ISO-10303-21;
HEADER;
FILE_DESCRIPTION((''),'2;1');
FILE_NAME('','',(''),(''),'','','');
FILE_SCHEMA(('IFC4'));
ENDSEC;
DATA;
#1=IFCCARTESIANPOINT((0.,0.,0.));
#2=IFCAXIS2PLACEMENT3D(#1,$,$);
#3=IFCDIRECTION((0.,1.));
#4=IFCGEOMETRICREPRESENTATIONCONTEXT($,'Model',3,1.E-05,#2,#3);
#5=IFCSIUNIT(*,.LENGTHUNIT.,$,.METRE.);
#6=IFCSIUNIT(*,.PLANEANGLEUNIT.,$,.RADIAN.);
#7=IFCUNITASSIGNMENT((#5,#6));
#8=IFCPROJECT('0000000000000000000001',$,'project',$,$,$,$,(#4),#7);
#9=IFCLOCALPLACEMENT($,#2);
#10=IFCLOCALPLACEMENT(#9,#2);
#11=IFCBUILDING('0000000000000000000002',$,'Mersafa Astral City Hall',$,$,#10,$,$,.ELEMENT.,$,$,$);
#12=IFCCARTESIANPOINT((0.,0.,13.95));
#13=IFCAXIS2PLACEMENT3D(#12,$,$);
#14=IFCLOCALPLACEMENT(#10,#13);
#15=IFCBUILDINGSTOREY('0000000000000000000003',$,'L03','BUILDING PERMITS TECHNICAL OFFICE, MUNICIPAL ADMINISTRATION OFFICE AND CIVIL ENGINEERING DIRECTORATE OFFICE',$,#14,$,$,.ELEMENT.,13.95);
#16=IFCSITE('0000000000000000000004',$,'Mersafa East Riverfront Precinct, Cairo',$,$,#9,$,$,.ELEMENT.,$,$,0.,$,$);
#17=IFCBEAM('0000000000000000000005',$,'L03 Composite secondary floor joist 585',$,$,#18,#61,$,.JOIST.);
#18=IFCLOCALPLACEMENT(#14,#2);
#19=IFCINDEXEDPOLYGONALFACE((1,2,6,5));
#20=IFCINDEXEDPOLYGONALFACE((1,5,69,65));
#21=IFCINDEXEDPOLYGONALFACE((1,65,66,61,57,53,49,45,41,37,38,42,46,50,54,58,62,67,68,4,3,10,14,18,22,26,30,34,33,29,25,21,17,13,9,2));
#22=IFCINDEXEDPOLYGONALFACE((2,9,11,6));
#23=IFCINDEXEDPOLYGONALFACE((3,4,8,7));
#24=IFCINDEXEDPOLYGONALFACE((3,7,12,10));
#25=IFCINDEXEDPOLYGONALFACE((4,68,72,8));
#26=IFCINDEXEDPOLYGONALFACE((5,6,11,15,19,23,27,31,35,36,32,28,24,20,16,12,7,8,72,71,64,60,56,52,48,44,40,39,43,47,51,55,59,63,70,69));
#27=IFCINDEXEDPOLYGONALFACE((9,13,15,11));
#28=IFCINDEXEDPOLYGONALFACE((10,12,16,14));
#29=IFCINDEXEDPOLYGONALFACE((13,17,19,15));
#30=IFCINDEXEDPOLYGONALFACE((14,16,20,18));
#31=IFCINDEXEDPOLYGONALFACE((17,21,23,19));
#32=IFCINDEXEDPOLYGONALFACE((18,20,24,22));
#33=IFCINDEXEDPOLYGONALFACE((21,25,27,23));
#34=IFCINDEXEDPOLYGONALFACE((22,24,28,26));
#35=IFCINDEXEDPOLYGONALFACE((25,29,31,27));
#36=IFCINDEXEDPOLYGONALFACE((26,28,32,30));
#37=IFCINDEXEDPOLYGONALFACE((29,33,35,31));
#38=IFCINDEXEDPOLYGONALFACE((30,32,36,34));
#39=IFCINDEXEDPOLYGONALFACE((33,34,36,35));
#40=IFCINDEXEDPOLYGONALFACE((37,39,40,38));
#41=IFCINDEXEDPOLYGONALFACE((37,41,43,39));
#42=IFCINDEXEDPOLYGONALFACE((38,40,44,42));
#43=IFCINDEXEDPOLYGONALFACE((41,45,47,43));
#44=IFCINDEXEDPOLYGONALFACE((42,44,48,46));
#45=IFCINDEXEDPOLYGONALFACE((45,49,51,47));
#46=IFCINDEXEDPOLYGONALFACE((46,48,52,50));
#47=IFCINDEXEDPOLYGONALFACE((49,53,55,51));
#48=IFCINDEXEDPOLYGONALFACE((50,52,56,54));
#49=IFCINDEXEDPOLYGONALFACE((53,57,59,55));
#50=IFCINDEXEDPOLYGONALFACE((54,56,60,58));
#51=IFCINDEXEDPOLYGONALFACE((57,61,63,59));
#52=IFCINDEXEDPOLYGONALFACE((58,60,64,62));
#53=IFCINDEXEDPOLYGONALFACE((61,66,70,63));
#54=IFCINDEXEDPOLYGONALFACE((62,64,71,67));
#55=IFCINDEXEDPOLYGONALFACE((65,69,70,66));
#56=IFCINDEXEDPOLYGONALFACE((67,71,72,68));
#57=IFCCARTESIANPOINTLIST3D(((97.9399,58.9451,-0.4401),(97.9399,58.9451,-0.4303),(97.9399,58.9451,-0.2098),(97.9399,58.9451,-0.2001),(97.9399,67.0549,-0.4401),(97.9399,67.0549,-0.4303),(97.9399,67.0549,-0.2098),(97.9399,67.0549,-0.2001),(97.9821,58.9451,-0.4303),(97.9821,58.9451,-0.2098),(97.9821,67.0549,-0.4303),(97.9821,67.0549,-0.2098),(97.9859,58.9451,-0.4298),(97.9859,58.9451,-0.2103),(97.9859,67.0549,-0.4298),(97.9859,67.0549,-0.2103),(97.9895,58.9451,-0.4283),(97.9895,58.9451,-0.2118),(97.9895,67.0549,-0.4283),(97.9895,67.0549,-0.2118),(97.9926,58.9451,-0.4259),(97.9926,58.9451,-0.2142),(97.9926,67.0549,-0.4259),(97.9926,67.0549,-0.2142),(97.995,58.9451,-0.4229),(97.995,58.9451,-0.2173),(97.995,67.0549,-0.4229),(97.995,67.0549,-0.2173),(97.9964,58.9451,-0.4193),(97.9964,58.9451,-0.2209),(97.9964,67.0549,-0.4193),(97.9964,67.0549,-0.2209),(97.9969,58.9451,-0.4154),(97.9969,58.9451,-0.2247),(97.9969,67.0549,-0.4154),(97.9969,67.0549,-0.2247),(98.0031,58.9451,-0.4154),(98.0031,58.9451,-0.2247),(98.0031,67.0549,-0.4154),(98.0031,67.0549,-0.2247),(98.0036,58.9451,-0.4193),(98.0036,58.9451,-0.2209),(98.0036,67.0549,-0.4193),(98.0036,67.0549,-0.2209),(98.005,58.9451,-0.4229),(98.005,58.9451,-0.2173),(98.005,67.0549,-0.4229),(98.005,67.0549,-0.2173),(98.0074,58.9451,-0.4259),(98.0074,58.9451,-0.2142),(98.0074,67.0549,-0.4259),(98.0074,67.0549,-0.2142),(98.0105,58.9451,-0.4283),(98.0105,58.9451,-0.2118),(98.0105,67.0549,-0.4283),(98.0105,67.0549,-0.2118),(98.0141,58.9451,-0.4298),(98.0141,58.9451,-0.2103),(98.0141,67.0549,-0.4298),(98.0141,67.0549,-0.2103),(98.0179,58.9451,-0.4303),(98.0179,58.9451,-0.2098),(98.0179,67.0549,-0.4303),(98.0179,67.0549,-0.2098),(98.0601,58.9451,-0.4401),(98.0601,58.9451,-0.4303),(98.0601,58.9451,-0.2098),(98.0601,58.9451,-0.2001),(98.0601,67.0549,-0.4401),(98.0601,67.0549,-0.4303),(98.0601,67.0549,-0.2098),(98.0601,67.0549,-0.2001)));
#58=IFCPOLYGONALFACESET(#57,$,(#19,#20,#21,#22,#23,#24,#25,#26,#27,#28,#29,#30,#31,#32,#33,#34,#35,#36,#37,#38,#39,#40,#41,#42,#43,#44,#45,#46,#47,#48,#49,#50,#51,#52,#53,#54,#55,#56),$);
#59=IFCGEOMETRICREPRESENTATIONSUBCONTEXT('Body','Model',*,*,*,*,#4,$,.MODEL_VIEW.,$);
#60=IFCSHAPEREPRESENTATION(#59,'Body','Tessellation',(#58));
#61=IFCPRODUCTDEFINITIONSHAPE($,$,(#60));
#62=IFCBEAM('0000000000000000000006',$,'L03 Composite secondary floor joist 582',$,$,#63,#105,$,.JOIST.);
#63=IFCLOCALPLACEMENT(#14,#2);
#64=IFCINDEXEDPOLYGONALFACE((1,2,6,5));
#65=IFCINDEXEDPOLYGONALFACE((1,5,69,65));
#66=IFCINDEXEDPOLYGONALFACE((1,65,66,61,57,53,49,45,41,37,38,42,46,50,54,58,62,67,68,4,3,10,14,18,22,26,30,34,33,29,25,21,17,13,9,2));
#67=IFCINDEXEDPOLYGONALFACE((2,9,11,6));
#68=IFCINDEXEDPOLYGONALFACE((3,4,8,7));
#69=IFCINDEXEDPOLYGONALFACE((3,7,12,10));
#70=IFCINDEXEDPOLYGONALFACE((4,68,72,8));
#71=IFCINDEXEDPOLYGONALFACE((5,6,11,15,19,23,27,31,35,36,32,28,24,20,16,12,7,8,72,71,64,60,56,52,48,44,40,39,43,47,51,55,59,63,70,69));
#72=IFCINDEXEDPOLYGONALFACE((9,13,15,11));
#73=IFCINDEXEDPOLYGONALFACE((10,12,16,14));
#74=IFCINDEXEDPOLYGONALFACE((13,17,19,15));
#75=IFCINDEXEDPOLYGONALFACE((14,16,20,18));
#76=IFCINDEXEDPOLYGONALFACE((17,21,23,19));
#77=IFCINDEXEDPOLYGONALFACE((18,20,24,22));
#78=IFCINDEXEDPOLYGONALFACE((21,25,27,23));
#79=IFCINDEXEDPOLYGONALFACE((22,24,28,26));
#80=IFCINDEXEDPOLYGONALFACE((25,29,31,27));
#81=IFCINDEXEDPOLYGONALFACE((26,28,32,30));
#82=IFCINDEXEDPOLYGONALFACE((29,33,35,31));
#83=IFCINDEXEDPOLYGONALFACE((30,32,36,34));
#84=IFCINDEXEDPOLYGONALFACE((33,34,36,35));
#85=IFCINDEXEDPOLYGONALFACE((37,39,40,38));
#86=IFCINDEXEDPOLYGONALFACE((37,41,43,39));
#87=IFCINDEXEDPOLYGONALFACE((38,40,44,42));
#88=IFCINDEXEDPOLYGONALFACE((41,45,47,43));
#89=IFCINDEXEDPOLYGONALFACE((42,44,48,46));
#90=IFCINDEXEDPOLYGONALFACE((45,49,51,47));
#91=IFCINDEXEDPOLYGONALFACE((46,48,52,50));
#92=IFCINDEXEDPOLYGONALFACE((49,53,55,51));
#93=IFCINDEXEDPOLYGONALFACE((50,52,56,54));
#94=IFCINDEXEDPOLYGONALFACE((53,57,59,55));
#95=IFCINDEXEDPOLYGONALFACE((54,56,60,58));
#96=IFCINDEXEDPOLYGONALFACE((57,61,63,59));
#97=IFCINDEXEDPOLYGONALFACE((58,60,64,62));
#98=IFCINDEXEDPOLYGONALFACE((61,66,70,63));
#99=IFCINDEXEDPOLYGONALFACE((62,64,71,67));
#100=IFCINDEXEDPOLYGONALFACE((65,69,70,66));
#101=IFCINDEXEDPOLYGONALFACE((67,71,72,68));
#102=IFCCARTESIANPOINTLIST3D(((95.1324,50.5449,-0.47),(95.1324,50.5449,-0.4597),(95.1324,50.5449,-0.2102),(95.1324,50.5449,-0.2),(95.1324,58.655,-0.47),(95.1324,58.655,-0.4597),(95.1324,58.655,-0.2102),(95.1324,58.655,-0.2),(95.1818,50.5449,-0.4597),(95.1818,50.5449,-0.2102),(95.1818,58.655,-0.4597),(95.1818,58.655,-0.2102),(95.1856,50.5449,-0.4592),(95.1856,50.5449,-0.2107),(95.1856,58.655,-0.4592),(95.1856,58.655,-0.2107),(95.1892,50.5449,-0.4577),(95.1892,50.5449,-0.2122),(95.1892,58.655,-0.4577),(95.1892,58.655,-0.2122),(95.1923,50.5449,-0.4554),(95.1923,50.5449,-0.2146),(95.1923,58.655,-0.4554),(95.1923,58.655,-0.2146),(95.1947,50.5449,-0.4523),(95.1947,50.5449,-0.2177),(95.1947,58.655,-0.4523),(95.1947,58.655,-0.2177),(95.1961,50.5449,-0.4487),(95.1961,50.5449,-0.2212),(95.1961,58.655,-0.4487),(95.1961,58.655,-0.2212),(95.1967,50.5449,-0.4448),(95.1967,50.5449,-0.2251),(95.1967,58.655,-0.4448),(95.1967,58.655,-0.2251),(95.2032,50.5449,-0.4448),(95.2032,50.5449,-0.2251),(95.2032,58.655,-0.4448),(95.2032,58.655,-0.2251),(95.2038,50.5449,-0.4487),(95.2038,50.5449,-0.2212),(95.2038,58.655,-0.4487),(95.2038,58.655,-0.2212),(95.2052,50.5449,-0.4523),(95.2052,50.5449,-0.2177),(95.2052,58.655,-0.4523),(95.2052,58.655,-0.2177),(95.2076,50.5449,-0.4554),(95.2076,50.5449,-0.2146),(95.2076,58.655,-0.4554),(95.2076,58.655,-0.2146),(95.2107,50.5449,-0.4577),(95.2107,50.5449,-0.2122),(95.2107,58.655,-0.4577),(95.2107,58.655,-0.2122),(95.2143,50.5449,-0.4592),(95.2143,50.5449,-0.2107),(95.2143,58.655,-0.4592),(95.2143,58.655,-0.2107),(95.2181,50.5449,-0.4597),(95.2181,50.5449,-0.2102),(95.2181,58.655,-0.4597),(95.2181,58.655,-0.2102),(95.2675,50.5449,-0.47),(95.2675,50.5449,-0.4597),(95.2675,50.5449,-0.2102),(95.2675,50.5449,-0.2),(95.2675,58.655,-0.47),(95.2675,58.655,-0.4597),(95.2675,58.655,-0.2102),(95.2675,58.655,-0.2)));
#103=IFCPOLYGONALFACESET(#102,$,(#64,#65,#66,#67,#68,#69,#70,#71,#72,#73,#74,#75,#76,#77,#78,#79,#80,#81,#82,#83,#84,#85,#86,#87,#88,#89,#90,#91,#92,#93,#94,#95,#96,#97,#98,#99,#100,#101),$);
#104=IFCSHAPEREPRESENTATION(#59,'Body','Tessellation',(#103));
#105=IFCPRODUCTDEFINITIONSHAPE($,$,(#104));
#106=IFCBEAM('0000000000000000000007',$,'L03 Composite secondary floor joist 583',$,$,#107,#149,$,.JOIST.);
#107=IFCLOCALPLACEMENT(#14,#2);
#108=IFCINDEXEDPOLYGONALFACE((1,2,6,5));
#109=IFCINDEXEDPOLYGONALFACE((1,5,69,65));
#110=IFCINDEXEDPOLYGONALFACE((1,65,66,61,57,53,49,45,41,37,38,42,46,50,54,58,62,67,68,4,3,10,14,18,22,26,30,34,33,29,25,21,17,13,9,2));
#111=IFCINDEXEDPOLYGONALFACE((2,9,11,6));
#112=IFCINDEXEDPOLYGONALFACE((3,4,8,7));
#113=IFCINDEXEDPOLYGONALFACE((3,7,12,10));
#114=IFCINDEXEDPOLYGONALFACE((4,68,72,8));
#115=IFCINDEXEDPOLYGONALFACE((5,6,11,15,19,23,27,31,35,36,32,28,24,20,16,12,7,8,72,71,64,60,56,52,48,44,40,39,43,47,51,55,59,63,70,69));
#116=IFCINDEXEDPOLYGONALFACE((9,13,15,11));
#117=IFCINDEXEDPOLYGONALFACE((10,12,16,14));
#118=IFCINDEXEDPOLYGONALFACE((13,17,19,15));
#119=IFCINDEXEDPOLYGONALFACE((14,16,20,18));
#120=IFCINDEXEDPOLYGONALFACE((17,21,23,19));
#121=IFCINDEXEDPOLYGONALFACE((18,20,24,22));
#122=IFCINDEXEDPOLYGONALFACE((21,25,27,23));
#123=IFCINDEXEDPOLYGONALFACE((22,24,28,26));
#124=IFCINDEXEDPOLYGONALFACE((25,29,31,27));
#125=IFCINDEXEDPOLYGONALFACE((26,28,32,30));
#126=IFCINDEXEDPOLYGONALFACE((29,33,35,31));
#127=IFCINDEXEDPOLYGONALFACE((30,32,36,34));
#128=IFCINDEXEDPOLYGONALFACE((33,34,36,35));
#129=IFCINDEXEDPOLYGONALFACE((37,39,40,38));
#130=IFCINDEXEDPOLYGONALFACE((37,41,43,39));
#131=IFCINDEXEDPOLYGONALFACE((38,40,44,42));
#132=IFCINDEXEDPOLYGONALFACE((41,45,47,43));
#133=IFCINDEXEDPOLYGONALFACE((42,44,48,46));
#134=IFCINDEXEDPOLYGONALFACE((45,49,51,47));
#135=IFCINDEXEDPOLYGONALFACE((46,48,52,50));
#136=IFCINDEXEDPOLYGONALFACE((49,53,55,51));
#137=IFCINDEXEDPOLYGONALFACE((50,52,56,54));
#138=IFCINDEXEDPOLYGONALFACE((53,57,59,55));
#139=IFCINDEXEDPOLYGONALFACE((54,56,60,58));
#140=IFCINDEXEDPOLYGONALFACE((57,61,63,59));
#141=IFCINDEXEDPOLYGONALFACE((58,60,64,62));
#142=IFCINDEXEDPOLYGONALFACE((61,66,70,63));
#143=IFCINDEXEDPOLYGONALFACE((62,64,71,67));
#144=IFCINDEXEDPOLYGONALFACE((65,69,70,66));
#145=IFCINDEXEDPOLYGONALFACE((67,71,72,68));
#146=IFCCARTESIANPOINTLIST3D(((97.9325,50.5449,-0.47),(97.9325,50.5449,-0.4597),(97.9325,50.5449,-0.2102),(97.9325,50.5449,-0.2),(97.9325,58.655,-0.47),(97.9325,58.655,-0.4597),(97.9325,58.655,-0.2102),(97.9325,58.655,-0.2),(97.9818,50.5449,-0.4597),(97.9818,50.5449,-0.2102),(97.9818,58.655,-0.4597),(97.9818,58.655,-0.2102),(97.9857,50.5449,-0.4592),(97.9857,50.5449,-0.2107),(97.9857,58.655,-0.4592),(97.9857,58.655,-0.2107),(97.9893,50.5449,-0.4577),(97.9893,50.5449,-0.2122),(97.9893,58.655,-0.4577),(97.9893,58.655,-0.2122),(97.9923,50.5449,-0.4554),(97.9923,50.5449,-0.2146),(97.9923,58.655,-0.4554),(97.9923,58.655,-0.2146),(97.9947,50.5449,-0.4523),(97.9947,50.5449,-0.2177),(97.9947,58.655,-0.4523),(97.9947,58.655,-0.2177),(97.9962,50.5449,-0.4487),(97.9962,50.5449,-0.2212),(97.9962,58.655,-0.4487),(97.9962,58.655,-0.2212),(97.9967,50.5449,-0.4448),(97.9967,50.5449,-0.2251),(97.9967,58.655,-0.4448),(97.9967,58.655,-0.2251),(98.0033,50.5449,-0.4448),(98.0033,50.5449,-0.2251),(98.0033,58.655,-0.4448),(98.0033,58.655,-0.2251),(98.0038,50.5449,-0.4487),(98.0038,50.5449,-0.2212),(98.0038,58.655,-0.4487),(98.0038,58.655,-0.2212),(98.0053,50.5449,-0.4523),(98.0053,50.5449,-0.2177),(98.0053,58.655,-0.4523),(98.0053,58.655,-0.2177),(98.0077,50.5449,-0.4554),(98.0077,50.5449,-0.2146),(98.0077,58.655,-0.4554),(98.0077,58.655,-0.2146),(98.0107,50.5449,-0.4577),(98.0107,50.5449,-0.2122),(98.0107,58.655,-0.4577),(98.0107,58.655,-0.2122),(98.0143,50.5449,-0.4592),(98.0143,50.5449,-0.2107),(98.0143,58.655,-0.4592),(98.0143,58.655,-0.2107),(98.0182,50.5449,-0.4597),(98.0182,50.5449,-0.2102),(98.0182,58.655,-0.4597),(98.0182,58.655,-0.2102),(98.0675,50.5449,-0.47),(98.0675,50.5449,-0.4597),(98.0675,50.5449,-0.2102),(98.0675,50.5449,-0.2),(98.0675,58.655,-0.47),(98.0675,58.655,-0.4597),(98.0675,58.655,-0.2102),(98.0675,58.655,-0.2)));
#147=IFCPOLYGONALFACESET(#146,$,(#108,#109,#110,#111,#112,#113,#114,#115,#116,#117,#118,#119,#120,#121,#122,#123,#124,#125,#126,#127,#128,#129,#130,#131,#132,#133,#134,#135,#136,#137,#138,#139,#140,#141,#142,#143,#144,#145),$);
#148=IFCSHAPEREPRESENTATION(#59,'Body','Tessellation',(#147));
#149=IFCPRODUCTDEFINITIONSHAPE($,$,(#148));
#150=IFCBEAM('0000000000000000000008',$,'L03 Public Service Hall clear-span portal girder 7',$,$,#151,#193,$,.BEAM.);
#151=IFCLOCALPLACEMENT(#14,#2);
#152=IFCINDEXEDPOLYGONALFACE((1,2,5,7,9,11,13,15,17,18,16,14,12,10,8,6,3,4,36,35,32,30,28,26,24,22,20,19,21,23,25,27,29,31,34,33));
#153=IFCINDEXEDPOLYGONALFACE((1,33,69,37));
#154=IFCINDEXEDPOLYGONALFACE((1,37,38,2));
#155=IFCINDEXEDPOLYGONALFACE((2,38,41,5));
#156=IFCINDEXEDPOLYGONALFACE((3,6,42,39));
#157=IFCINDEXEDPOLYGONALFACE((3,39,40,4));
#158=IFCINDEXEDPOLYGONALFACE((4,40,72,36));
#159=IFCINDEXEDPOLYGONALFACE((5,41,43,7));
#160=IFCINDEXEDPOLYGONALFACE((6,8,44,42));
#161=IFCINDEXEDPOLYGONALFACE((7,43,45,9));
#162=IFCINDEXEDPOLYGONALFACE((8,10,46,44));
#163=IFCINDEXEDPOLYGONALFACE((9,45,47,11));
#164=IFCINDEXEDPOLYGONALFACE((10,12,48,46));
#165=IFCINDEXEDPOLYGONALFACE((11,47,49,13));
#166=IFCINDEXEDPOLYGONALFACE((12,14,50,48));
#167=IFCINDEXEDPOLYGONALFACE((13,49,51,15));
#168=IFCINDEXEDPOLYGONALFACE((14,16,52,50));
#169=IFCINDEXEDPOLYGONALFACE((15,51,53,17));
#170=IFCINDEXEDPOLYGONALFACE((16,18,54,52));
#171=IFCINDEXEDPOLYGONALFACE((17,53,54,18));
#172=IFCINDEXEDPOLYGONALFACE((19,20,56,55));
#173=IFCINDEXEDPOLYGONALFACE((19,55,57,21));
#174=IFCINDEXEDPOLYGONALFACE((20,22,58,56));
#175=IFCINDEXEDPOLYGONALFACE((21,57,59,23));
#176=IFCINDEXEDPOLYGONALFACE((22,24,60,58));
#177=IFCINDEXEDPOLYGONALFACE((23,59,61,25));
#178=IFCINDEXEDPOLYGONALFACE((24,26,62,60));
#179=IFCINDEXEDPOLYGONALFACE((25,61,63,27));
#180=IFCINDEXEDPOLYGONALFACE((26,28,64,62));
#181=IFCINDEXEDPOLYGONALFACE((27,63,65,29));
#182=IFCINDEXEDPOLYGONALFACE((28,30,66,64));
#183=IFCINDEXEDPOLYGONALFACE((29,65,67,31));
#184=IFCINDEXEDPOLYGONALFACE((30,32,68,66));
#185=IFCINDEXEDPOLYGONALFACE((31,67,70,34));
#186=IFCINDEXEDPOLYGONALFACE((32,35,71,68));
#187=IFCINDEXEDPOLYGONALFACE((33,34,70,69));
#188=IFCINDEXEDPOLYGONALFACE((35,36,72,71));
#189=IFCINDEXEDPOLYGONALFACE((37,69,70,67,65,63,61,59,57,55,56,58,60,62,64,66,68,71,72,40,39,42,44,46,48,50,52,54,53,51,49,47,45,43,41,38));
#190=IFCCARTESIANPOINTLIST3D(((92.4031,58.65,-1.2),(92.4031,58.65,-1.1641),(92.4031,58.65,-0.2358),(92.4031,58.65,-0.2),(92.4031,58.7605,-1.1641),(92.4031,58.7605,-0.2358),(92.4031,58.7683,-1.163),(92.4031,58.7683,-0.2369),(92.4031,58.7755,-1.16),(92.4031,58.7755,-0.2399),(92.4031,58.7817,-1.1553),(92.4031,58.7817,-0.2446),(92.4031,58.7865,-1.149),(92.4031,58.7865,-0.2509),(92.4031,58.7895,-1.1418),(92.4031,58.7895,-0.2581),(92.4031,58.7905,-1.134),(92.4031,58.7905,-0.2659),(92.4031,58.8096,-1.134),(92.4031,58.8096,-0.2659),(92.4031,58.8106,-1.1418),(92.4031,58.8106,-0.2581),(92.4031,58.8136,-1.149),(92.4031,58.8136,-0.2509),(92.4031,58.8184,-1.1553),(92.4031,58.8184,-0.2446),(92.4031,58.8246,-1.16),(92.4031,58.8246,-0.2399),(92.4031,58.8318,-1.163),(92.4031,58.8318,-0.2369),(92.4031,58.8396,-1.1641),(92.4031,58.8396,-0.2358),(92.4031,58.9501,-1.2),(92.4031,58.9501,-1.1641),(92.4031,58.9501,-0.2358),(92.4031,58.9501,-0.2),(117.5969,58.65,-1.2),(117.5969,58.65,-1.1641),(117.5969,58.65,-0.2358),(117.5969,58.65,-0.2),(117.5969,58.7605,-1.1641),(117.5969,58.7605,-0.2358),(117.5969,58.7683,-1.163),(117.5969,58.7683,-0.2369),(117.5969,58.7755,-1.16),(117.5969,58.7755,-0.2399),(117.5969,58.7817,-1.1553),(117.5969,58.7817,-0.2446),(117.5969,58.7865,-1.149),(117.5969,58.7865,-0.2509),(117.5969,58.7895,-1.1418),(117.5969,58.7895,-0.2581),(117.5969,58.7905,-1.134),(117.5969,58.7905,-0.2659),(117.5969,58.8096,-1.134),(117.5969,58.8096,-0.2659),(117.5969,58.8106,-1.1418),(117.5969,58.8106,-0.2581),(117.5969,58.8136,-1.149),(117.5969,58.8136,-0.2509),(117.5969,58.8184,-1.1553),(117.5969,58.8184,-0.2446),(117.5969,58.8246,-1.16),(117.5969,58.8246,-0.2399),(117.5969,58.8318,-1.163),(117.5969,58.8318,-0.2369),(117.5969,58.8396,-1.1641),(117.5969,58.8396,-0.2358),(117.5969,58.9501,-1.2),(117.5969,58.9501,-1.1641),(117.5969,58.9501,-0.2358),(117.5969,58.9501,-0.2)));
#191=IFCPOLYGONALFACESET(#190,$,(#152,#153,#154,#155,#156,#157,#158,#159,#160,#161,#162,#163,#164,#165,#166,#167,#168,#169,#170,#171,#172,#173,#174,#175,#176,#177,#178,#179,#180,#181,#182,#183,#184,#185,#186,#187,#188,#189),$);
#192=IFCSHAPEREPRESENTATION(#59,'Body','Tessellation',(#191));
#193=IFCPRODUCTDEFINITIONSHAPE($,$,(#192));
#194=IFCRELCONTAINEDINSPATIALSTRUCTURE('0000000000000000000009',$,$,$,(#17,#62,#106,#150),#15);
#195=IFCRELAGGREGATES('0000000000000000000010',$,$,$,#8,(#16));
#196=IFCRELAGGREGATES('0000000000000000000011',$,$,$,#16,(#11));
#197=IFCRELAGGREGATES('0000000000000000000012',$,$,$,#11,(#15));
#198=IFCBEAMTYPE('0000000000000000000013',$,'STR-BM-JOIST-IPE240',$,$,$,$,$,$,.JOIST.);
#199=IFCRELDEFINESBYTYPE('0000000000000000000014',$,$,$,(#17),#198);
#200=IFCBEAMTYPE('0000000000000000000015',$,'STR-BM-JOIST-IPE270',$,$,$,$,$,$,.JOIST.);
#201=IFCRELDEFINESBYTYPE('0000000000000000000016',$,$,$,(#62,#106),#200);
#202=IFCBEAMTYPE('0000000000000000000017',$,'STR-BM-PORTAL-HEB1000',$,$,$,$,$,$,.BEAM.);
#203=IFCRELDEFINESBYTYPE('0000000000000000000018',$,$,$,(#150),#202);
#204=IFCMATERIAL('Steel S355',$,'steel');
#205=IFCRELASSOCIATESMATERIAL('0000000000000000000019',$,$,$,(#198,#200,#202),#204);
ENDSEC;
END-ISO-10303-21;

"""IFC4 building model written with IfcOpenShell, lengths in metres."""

from ifc_helpers import new_model, si_unit, direction, frame, origin, origin_2d, place, context, subcontext, project, spatial, i_section, extrude, material, material_profile, profile_set, type_object, element, save


model = new_model("IFC4")

# Units and contexts
model_context = context("Model", 3, precision=1e-05, world=origin(), true_north=direction((0.0, 1.0)))
body_context = subcontext(model_context, "Body", "Model", "MODEL_VIEW")
ifc_project = project(units=[si_unit("LENGTHUNIT", "METRE"), si_unit("PLANEANGLEUNIT", "RADIAN")], contexts=[model_context])

# Site, building, storey
site_placement = place(None, origin())
site = spatial("IfcSite", under=ifc_project, at=site_placement, Name="Mersafa East Riverfront Precinct, Cairo", CompositionType="ELEMENT", RefElevation=0.0)
building_placement = place(site_placement, origin())
building = spatial("IfcBuilding", under=site, at=building_placement, Name="Mersafa Astral City Hall", CompositionType="ELEMENT")
storey_placement = place(building_placement, frame((0.0, 0.0, 13.95)))
storey = spatial("IfcBuildingStorey", under=building, at=storey_placement, Name="L03", Description="BUILDING PERMITS TECHNICAL OFFICE, MUNICIPAL ADMINISTRATION OFFICE AND CIVIL ENGINEERING DIRECTORATE OFFICE", CompositionType="ELEMENT", Elevation=13.95)

# Beams
ifc_material_1 = material(Name="Steel S355", Category="steel")
ifc_material_profile_1 = material_profile(ifc_material_1, i_section(OverallWidth=0.1201, OverallDepth=0.24, WebThickness=0.0061, FlangeThickness=0.0098, FilletRadius=0.0149, at=origin_2d()), Name="IPE 240")
ifc_profile_set_1 = profile_set([ifc_material_profile_1], Name="Steel S355")
beam_type_1 = type_object("IfcBeamType", Name="STR-BM-JOIST-IPE240", PredefinedType="JOIST", material=ifc_profile_set_1)
for number, where, z_axis, x_axis, name in (
    (1, (98.0, 58.9451, -0.3201), (0.0, 1.0, 0.0), (-1.0, 0.0, 0.0), "L03 Composite secondary floor joist 585"),
):
    element("IfcBeam", number, at=place(storey_placement, frame(where, z_axis=z_axis, x_axis=x_axis)), inside=storey, type_object=beam_type_1, Name=name, PredefinedType="JOIST", context=body_context, shape_type="SweptSolid", body=[
        extrude(i_section(OverallWidth=0.1201, OverallDepth=0.24, WebThickness=0.0061, FlangeThickness=0.0098, FilletRadius=0.0149, at=origin_2d()), origin(), (0.0, 0.0, 1.0), 8.1099),
    ])
ifc_material_profile_2 = material_profile(ifc_material_1, i_section(OverallWidth=0.135, OverallDepth=0.27, WebThickness=0.0066, FlangeThickness=0.0103, FilletRadius=0.0149, at=origin_2d()), Name="IPE 270")
ifc_profile_set_2 = profile_set([ifc_material_profile_2], Name="Steel S355")
beam_type_2 = type_object("IfcBeamType", Name="STR-BM-JOIST-IPE270", PredefinedType="JOIST", material=ifc_profile_set_2)
for number, where, z_axis, x_axis, name in (
    (2, (95.2, 50.5449, -0.335), (0.0, 1.0, 0.0), (-1.0, 0.0, 0.0), "L03 Composite secondary floor joist 582"),
    (3, (98.0, 50.5449, -0.335), (0.0, 1.0, 0.0), (-1.0, 0.0, 0.0), "L03 Composite secondary floor joist 583"),
):
    element("IfcBeam", number, at=place(storey_placement, frame(where, z_axis=z_axis, x_axis=x_axis)), inside=storey, type_object=beam_type_2, Name=name, PredefinedType="JOIST", context=body_context, shape_type="SweptSolid", body=[
        extrude(i_section(OverallWidth=0.135, OverallDepth=0.27, WebThickness=0.0066, FlangeThickness=0.0103, FilletRadius=0.0149, at=origin_2d()), origin(), (0.0, 0.0, 1.0), 8.1101),
    ])
ifc_material_profile_3 = material_profile(ifc_material_1, i_section(OverallWidth=0.3, OverallDepth=1.0, WebThickness=0.019, FlangeThickness=0.0359, FilletRadius=0.03, at=origin_2d()), Name="HEB 1000")
ifc_profile_set_3 = profile_set([ifc_material_profile_3], Name="Steel S355")
beam_type_3 = type_object("IfcBeamType", Name="STR-BM-PORTAL-HEB1000", PredefinedType="BEAM", material=ifc_profile_set_3)
beam_placement = place(storey_placement, frame((92.4031, 58.8, -0.7), z_axis=(1.0, 0.0, 0.0), x_axis=(0.0, 1.0, 0.0)))
element("IfcBeam", 4, at=beam_placement, inside=storey, type_object=beam_type_3, Name="L03 Public Service Hall clear-span portal girder 7", PredefinedType="BEAM", context=body_context, shape_type="SweptSolid", body=[
    extrude(i_section(OverallWidth=0.3, OverallDepth=1.0, WebThickness=0.019, FlangeThickness=0.0359, FilletRadius=0.03, at=origin_2d()), origin(), (0.0, 0.0, 1.0), 25.1938),
])

save(model, "model.ifc")
